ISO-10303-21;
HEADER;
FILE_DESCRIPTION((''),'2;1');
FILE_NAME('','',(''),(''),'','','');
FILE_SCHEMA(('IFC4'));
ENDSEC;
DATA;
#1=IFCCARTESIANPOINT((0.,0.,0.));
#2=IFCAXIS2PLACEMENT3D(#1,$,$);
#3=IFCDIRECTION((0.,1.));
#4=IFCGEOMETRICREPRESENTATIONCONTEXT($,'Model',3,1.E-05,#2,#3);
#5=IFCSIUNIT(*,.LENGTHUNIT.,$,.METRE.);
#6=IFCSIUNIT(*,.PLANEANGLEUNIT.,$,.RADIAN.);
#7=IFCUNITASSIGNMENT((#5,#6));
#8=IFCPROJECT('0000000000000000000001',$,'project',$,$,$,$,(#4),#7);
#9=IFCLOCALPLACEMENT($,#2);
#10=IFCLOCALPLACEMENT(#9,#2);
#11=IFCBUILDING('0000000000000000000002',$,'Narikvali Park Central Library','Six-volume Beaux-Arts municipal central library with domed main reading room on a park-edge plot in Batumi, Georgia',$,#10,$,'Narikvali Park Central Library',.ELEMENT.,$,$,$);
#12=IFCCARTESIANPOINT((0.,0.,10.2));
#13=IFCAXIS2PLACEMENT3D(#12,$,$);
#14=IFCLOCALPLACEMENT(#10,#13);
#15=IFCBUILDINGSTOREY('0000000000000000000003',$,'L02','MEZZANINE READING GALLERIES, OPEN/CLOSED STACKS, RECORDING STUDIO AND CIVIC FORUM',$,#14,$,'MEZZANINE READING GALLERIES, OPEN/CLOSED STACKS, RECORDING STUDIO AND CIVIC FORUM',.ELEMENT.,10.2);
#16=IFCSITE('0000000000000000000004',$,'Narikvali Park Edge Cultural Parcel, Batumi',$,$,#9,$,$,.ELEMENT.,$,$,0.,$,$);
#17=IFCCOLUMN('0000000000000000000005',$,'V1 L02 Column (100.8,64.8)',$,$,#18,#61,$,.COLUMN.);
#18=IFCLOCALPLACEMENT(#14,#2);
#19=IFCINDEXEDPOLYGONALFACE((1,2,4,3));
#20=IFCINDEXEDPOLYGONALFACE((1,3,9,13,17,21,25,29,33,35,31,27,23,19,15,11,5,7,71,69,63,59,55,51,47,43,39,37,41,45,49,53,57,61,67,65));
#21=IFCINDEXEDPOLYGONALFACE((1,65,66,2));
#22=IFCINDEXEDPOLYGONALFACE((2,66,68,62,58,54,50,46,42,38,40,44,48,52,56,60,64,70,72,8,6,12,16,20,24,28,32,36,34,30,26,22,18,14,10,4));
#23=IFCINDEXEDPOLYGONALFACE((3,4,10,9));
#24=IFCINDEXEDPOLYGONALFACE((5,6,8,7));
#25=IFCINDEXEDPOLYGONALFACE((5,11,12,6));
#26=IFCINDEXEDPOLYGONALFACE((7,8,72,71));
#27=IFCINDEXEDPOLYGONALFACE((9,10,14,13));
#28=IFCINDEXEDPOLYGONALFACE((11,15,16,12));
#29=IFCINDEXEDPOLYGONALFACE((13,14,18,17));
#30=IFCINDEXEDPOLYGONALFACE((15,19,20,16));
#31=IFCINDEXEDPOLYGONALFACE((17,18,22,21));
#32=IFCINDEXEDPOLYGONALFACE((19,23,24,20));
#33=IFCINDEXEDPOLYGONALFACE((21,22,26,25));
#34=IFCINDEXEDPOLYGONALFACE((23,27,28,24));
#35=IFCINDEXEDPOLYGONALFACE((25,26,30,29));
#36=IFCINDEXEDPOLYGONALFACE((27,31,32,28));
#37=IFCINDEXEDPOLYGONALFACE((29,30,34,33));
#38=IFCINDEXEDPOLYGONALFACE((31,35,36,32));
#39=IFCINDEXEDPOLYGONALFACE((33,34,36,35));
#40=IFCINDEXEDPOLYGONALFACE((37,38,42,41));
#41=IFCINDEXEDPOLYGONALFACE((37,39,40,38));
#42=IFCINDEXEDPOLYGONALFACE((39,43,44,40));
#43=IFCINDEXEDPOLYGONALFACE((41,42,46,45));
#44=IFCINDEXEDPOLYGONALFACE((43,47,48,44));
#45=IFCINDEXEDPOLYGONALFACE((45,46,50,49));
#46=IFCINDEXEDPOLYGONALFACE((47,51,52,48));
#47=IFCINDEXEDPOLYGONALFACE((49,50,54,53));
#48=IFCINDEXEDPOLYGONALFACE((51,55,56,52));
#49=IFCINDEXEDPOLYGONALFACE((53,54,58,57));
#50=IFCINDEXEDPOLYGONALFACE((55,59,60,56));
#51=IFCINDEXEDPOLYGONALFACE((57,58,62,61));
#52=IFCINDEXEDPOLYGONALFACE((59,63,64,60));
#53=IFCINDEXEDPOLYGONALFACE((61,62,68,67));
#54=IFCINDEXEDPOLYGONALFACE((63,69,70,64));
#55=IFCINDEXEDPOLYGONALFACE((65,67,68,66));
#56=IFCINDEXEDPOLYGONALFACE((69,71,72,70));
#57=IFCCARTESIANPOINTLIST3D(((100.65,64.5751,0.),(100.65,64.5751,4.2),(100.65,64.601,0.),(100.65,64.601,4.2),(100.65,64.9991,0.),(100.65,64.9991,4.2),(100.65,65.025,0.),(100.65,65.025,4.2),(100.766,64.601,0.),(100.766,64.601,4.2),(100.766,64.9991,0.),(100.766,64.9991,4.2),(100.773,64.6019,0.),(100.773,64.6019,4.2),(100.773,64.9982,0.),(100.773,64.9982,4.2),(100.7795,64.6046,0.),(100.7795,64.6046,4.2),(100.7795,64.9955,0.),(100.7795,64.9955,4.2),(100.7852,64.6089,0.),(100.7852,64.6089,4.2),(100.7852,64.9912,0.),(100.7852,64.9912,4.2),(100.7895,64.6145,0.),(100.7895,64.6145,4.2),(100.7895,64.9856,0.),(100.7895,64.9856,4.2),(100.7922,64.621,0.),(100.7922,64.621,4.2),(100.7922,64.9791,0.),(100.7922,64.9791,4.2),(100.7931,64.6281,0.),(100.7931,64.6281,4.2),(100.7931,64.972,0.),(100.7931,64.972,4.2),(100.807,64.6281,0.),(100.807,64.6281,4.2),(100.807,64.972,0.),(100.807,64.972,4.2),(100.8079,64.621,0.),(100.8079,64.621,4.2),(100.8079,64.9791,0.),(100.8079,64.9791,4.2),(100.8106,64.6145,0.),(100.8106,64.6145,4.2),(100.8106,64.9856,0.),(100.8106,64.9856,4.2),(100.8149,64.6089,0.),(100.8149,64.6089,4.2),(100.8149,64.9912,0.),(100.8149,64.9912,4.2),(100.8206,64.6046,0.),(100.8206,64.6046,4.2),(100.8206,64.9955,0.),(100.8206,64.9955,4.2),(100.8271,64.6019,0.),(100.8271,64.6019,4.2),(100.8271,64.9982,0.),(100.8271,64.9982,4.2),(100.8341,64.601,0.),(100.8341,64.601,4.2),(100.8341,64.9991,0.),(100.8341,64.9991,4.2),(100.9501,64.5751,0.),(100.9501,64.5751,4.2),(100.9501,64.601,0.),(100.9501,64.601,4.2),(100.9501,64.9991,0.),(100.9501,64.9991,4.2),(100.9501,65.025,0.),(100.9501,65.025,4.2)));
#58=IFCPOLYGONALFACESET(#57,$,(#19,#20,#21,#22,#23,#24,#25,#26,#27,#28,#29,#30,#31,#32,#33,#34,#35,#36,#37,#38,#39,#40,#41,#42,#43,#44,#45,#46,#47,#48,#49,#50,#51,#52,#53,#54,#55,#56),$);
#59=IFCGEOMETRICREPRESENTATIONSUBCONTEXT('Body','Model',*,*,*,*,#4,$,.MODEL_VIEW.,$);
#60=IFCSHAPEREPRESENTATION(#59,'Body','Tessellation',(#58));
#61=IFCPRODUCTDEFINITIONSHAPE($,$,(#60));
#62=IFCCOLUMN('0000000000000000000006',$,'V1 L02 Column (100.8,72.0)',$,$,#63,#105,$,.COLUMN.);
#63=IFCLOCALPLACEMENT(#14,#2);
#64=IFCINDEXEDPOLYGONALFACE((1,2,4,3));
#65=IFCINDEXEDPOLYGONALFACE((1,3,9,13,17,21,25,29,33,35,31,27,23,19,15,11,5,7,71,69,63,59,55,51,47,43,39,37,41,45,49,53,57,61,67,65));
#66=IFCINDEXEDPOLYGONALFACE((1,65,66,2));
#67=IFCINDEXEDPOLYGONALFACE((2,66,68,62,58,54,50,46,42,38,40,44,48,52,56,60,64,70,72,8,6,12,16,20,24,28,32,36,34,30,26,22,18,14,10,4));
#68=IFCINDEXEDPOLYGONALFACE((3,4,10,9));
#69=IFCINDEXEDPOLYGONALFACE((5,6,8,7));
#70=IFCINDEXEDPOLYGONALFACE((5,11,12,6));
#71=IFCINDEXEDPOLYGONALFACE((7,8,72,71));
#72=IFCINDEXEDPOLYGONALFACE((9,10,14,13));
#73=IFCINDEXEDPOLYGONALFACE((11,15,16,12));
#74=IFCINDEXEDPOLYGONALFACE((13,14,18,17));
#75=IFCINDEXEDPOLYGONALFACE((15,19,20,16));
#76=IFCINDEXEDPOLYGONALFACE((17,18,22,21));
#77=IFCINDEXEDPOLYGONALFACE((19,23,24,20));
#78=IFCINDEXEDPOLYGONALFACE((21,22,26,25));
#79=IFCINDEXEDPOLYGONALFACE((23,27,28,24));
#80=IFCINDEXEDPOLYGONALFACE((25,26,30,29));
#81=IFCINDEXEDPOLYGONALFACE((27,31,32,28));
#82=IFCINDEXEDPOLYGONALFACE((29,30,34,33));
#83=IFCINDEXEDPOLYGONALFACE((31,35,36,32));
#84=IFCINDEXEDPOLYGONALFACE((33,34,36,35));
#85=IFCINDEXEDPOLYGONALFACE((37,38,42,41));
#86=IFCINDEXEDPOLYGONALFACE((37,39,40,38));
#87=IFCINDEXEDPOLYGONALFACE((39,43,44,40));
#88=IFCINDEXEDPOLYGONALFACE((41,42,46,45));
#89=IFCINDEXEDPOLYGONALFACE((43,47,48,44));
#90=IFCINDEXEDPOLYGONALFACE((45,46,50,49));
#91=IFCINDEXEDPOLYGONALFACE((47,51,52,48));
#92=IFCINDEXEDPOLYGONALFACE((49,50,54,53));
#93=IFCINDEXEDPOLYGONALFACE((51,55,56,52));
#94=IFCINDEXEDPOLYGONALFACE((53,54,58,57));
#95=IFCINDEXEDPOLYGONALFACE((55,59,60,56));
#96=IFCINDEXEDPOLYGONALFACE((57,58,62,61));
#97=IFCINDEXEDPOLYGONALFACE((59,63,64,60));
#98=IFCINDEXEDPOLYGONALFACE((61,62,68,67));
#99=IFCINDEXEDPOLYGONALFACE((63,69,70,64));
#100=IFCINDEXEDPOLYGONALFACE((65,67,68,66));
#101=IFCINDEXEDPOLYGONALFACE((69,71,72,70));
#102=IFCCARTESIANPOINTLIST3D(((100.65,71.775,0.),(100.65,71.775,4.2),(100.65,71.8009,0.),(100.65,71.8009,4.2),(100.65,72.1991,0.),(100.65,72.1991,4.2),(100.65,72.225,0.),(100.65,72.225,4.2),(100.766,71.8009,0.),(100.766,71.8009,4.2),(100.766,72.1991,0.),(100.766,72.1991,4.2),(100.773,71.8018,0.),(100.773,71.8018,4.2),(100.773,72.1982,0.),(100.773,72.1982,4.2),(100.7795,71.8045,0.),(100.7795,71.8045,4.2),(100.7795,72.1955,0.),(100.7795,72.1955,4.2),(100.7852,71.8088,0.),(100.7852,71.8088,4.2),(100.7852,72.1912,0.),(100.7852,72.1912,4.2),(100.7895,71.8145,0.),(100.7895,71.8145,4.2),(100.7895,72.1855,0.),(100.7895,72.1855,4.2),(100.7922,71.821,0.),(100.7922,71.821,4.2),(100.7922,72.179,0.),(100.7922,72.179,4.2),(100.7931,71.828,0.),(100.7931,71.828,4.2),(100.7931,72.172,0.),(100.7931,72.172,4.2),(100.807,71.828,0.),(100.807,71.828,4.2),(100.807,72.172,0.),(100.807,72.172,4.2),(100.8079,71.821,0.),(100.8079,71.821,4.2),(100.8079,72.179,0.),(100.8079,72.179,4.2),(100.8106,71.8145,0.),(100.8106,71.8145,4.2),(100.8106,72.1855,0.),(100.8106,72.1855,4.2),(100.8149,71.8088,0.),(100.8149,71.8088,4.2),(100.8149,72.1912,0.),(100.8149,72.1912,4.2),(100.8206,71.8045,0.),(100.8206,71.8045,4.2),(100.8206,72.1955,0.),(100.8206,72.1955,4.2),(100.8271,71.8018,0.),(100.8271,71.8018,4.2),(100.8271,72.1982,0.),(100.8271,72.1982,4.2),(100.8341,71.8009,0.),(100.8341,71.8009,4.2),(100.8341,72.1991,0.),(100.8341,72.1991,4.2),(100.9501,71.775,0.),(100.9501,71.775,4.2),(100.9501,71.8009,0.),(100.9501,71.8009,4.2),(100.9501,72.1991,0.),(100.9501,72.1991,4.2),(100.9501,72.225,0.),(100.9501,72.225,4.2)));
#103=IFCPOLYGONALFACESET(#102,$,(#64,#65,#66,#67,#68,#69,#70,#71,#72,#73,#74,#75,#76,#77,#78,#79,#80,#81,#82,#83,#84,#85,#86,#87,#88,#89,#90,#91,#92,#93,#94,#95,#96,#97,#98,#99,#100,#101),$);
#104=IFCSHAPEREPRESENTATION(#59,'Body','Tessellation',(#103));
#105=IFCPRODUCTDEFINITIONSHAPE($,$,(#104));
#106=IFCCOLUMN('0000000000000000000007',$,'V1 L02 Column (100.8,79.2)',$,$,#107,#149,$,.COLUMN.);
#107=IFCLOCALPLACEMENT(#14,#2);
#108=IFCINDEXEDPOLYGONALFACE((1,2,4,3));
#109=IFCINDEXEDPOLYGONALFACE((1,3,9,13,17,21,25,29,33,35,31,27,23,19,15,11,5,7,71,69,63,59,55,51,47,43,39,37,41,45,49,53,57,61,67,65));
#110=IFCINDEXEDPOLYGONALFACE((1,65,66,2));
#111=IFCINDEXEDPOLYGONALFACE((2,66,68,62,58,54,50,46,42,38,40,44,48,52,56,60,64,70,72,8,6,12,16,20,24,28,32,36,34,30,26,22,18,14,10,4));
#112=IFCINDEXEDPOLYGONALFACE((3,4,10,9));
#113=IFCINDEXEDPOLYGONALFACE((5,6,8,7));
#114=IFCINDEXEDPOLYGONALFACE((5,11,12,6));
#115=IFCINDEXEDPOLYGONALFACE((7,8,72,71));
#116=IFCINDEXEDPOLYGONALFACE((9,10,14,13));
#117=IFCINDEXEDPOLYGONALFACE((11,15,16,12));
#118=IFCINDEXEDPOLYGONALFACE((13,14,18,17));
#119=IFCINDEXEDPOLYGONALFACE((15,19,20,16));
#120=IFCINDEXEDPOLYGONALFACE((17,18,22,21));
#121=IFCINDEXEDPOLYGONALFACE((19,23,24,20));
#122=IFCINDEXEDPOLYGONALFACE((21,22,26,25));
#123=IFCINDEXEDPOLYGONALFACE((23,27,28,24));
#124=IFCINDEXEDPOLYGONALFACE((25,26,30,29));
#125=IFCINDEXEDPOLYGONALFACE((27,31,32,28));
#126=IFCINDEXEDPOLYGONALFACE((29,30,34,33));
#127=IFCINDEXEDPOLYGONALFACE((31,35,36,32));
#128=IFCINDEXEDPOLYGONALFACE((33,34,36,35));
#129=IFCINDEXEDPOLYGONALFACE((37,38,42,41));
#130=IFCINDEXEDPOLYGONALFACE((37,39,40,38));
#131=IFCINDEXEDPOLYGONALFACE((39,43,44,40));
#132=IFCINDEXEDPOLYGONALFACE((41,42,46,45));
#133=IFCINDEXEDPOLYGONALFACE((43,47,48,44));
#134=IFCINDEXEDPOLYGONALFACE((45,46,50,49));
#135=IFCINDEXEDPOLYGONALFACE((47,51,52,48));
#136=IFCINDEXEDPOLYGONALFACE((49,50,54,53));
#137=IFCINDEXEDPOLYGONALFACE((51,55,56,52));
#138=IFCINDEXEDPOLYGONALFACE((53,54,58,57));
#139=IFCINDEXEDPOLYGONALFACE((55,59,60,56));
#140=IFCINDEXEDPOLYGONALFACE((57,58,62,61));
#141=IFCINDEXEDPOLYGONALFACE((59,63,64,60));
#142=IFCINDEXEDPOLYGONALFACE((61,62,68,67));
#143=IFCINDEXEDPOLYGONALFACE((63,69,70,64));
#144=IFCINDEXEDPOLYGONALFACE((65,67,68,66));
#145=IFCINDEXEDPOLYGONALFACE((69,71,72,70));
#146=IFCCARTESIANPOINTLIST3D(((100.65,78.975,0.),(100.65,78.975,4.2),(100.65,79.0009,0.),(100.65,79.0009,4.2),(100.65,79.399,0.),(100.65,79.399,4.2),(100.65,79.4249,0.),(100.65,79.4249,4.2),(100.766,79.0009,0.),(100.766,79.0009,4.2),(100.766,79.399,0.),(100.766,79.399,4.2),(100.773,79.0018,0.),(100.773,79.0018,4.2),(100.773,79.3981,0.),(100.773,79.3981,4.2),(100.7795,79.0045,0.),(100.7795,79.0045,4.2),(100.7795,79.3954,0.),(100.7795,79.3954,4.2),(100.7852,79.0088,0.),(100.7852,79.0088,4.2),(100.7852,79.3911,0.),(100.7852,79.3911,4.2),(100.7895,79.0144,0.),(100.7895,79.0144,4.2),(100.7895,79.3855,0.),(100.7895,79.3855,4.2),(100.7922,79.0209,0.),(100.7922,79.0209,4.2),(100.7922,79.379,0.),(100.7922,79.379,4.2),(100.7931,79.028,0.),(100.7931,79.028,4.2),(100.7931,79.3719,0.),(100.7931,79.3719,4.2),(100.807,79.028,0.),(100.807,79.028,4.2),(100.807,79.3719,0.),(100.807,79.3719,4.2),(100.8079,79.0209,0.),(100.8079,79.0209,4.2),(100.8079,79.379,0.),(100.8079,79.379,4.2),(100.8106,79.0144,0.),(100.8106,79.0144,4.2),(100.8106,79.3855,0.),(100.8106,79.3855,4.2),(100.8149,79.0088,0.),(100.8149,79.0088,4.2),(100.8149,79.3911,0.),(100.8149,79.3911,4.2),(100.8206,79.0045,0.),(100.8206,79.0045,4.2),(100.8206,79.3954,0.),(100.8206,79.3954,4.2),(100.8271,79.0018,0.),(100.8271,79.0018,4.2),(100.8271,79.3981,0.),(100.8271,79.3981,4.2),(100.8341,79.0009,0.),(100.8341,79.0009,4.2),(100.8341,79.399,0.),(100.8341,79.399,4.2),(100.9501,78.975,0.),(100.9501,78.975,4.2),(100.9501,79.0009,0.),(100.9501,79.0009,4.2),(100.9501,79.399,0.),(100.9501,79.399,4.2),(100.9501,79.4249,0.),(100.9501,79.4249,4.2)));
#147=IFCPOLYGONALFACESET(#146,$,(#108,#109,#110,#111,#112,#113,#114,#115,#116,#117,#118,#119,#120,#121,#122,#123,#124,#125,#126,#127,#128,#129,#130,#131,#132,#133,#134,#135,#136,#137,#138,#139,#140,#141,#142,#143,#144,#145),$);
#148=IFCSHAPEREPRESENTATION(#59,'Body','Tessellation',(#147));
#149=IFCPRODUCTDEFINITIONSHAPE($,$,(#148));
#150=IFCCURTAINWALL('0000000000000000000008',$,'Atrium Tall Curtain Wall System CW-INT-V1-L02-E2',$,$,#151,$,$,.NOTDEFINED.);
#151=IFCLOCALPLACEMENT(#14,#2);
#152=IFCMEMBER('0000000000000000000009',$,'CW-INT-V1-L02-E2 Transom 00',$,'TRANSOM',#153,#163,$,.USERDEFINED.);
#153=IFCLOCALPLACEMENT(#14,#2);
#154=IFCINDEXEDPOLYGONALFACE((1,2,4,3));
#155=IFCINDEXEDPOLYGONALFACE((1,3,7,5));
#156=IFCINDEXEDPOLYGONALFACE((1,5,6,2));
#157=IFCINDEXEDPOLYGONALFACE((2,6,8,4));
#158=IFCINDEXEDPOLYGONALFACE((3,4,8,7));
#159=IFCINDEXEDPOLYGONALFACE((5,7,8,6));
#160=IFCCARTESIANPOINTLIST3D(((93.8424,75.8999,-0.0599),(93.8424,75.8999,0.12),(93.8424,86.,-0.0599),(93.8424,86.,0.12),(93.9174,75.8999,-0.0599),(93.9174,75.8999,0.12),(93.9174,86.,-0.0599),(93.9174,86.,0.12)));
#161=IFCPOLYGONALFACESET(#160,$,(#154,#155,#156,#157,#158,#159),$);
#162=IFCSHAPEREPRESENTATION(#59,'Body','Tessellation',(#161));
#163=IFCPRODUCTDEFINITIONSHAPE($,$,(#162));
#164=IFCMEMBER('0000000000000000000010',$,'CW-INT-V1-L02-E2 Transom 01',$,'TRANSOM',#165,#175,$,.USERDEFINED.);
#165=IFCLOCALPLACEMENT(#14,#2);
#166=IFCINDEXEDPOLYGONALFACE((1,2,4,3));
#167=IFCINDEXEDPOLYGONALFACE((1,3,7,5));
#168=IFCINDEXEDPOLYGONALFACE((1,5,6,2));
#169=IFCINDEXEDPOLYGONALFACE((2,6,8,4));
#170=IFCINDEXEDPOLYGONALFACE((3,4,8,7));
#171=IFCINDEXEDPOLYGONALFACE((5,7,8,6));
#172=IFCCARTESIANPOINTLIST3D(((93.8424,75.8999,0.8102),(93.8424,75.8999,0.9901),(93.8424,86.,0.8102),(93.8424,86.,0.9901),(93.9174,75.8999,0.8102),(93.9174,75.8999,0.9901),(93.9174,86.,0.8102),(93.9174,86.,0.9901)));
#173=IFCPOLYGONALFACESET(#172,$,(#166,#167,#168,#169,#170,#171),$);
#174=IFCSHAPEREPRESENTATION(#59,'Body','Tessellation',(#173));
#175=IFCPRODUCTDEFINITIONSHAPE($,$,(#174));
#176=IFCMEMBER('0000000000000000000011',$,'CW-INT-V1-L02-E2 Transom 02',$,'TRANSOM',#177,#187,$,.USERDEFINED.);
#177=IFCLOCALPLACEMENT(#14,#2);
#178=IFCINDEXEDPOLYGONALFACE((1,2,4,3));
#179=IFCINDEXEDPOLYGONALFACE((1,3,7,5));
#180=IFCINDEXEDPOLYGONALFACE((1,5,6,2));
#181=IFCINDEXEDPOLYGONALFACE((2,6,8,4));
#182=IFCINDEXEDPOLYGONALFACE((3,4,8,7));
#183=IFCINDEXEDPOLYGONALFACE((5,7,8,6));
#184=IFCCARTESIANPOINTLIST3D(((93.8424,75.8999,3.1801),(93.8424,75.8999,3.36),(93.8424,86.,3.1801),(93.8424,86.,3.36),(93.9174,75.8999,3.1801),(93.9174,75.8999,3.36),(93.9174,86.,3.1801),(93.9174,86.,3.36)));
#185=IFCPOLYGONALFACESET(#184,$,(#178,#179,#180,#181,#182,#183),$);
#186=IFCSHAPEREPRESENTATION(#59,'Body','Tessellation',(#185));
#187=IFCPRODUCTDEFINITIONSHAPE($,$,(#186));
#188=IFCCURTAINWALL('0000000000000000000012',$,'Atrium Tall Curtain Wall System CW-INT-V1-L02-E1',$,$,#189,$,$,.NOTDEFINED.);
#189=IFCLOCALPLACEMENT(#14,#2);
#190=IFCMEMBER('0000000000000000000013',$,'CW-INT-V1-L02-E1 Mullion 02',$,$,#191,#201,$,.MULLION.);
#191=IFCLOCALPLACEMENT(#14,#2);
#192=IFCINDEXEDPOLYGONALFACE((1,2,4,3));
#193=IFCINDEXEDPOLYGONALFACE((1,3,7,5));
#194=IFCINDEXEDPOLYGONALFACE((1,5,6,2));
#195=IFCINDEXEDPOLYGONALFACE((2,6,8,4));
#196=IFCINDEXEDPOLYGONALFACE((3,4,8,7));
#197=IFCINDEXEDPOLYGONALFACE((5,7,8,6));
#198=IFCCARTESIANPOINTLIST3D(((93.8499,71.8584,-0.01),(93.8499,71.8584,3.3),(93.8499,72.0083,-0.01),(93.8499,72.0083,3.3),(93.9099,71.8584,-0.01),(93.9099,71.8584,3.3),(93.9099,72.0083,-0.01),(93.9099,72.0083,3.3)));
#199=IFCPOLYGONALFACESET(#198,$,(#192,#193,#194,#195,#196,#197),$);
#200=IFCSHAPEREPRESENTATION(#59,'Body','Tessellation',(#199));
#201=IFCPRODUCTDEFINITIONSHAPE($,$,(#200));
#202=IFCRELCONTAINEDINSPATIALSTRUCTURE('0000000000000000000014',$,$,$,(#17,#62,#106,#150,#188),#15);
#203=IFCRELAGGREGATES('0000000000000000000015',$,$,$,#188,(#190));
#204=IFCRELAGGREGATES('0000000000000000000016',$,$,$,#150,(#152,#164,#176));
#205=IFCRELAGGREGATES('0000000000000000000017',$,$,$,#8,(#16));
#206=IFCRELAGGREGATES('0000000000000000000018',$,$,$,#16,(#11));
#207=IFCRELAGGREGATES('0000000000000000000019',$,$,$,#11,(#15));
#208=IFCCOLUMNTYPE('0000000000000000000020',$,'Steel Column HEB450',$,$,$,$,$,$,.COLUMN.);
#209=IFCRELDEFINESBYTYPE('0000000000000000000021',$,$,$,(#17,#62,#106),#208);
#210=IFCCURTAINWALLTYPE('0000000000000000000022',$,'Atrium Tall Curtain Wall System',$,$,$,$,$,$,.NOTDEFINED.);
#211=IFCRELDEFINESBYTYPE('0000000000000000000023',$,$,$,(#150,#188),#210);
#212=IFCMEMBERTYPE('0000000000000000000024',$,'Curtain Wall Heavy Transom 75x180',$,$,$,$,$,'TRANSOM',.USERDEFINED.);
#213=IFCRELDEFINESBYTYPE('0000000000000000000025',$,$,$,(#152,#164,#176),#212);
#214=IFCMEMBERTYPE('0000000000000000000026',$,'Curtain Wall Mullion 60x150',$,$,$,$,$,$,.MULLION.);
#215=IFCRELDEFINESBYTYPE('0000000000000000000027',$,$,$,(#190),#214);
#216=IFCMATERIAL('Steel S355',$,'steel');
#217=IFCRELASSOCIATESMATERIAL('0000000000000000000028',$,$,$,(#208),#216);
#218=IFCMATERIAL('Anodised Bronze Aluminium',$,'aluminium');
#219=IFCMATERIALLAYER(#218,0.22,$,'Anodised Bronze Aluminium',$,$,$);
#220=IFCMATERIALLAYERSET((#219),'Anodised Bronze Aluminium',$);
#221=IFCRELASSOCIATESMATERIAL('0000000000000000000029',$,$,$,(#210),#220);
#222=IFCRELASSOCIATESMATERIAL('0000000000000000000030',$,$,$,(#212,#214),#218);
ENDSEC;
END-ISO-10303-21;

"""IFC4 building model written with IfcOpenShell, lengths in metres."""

from ifc_helpers import new_model, si_unit, direction, frame, origin, origin_2d, place, context, subcontext, project, spatial, rectangle, i_section, extrude, material, layer, layer_set, material_profile, profile_set, type_object, element, aggregate, save


model = new_model("IFC4")

# Units and contexts
model_context = context("Model", 3, precision=1e-05, world=origin(), true_north=direction((0.0, 1.0)))
body_context = subcontext(model_context, "Body", "Model", "MODEL_VIEW")
ifc_project = project(units=[si_unit("LENGTHUNIT", "METRE"), si_unit("PLANEANGLEUNIT", "RADIAN")], contexts=[model_context])

# Site, building, storey
site_placement = place(None, origin())
site = spatial("IfcSite", under=ifc_project, at=site_placement, Name="Narikvali Park Edge Cultural Parcel, Batumi", CompositionType="ELEMENT", RefElevation=0.0)
building_placement = place(site_placement, origin())
building = spatial("IfcBuilding", under=site, at=building_placement, Name="Narikvali Park Central Library", Description="Six-volume Beaux-Arts municipal central library with domed main reading room on a park-edge plot in Batumi, Georgia", LongName="Narikvali Park Central Library", CompositionType="ELEMENT")
storey_placement = place(building_placement, frame((0.0, 0.0, 10.2)))
storey = spatial("IfcBuildingStorey", under=building, at=storey_placement, Name="L02", Description="MEZZANINE READING GALLERIES, OPEN/CLOSED STACKS, RECORDING STUDIO AND CIVIC FORUM", LongName="MEZZANINE READING GALLERIES, OPEN/CLOSED STACKS, RECORDING STUDIO AND CIVIC FORUM", CompositionType="ELEMENT", Elevation=10.2)

# Columns
ifc_material_1 = material(Name="Steel S355", Category="steel")
ifc_material_profile_1 = material_profile(ifc_material_1, i_section(OverallWidth=0.3, OverallDepth=0.45, WebThickness=0.0139, FlangeThickness=0.0259, FilletRadius=0.0271, at=origin_2d()), Name="HEB 450")
ifc_profile_set_1 = profile_set([ifc_material_profile_1], Name="Steel S355")
column_type = type_object("IfcColumnType", Name="Steel Column HEB450", PredefinedType="COLUMN", material=ifc_profile_set_1)
for number, where, z_axis, x_axis, name in (
    (1, (100.8, 64.8, 0.0), (0.0, 0.0, 1.0), (1.0, 0.0, 0.0), "V1 L02 Column (100.8,64.8)"),
    (2, (100.8, 72.0, 0.0), (0.0, 0.0, 1.0), (1.0, 0.0, 0.0), "V1 L02 Column (100.8,72.0)"),
    (3, (100.8, 79.2, 0.0), (0.0, 0.0, 1.0), (1.0, 0.0, 0.0), "V1 L02 Column (100.8,79.2)"),
):
    element("IfcColumn", number, at=place(storey_placement, frame(where, z_axis=z_axis, x_axis=x_axis)), inside=storey, type_object=column_type, Name=name, PredefinedType="COLUMN", context=body_context, shape_type="SweptSolid", body=[
        extrude(i_section(OverallWidth=0.3, OverallDepth=0.45, WebThickness=0.0139, FlangeThickness=0.0259, FilletRadius=0.0271, at=origin_2d()), origin(), (0.0, 0.0, 1.0), 4.2),
    ])

# Curtain walls, members
ifc_material_2 = material(Name="Anodised Bronze Aluminium", Category="aluminium")
ifc_layer_1 = layer(ifc_material_2, 0.22, Name="Anodised Bronze Aluminium")
ifc_layer_set_1 = layer_set([ifc_layer_1], Name="Anodised Bronze Aluminium")
curtain_wall_type = type_object("IfcCurtainWallType", Name="Atrium Tall Curtain Wall System", PredefinedType="NOTDEFINED", material=ifc_layer_set_1)
curtain_wall_1_placement = place(storey_placement, origin())
curtain_wall_1 = element("IfcCurtainWall", 4, at=curtain_wall_1_placement, inside=storey, type_object=curtain_wall_type, Name="Atrium Tall Curtain Wall System CW-INT-V1-L02-E2", PredefinedType="NOTDEFINED")
ifc_material_profile_2 = material_profile(ifc_material_2, rectangle(XDim=0.075, YDim=0.1799, at=origin_2d()), Name="CW TRANSOM 75x180")
ifc_profile_set_2 = profile_set([ifc_material_profile_2], Name="Anodised Bronze Aluminium")
member_type_1 = type_object("IfcMemberType", Name="Curtain Wall Heavy Transom 75x180", ElementType="TRANSOM", PredefinedType="USERDEFINED", material=ifc_profile_set_2)
member_1_placement = place(storey_placement, frame((93.8799, 75.8999, 0.03), z_axis=(0.0, 1.0, 0.0), x_axis=(-1.0, 0.0, 0.0)))
member_1 = element("IfcMember", 5, at=member_1_placement, type_object=member_type_1, Name="CW-INT-V1-L02-E2 Transom 00", ObjectType="TRANSOM", PredefinedType="USERDEFINED", context=body_context, shape_type="SweptSolid", body=[
    extrude(rectangle(XDim=0.075, YDim=0.1799, at=origin_2d()), origin(), (0.0, 0.0, 1.0), 10.1001),
])
member_2_placement = place(storey_placement, frame((93.8799, 75.8999, 0.9001), z_axis=(0.0, 1.0, 0.0), x_axis=(-1.0, 0.0, 0.0)))
member_2 = element("IfcMember", 6, at=member_2_placement, type_object=member_type_1, Name="CW-INT-V1-L02-E2 Transom 01", ObjectType="TRANSOM", PredefinedType="USERDEFINED", context=body_context, shape_type="SweptSolid", body=[
    extrude(rectangle(XDim=0.075, YDim=0.1799, at=origin_2d()), origin(), (0.0, 0.0, 1.0), 10.1001),
])
member_3_placement = place(storey_placement, frame((93.8799, 75.8999, 3.27), z_axis=(0.0, 1.0, 0.0), x_axis=(-1.0, 0.0, 0.0)))
member_3 = element("IfcMember", 7, at=member_3_placement, type_object=member_type_1, Name="CW-INT-V1-L02-E2 Transom 02", ObjectType="TRANSOM", PredefinedType="USERDEFINED", context=body_context, shape_type="SweptSolid", body=[
    extrude(rectangle(XDim=0.075, YDim=0.1799, at=origin_2d()), origin(), (0.0, 0.0, 1.0), 10.1001),
])
curtain_wall_2_placement = place(storey_placement, origin())
curtain_wall_2 = element("IfcCurtainWall", 8, at=curtain_wall_2_placement, inside=storey, type_object=curtain_wall_type, Name="Atrium Tall Curtain Wall System CW-INT-V1-L02-E1", PredefinedType="NOTDEFINED")
ifc_material_profile_3 = material_profile(ifc_material_2, rectangle(XDim=0.0601, YDim=0.1499, at=origin_2d()), Name="CW MULLION 60x150")
ifc_profile_set_3 = profile_set([ifc_material_profile_3], Name="Anodised Bronze Aluminium")
member_type_2 = type_object("IfcMemberType", Name="Curtain Wall Mullion 60x150", PredefinedType="MULLION", material=ifc_profile_set_3)
member_4_placement = place(storey_placement, frame((93.8799, 71.9333, -0.01), z_axis=(0.0, 0.0, 1.0), x_axis=(1.0, 0.0, 0.0)))
member_4 = element("IfcMember", 9, at=member_4_placement, type_object=member_type_2, Name="CW-INT-V1-L02-E1 Mullion 02", PredefinedType="MULLION", context=body_context, shape_type="SweptSolid", body=[
    extrude(rectangle(XDim=0.0601, YDim=0.1499, at=origin_2d()), origin(), (0.0, 0.0, 1.0), 3.3101),
])

aggregate(curtain_wall_2, [member_4])
aggregate(curtain_wall_1, [member_1, member_2, member_3])

save(model, "model.ifc")
